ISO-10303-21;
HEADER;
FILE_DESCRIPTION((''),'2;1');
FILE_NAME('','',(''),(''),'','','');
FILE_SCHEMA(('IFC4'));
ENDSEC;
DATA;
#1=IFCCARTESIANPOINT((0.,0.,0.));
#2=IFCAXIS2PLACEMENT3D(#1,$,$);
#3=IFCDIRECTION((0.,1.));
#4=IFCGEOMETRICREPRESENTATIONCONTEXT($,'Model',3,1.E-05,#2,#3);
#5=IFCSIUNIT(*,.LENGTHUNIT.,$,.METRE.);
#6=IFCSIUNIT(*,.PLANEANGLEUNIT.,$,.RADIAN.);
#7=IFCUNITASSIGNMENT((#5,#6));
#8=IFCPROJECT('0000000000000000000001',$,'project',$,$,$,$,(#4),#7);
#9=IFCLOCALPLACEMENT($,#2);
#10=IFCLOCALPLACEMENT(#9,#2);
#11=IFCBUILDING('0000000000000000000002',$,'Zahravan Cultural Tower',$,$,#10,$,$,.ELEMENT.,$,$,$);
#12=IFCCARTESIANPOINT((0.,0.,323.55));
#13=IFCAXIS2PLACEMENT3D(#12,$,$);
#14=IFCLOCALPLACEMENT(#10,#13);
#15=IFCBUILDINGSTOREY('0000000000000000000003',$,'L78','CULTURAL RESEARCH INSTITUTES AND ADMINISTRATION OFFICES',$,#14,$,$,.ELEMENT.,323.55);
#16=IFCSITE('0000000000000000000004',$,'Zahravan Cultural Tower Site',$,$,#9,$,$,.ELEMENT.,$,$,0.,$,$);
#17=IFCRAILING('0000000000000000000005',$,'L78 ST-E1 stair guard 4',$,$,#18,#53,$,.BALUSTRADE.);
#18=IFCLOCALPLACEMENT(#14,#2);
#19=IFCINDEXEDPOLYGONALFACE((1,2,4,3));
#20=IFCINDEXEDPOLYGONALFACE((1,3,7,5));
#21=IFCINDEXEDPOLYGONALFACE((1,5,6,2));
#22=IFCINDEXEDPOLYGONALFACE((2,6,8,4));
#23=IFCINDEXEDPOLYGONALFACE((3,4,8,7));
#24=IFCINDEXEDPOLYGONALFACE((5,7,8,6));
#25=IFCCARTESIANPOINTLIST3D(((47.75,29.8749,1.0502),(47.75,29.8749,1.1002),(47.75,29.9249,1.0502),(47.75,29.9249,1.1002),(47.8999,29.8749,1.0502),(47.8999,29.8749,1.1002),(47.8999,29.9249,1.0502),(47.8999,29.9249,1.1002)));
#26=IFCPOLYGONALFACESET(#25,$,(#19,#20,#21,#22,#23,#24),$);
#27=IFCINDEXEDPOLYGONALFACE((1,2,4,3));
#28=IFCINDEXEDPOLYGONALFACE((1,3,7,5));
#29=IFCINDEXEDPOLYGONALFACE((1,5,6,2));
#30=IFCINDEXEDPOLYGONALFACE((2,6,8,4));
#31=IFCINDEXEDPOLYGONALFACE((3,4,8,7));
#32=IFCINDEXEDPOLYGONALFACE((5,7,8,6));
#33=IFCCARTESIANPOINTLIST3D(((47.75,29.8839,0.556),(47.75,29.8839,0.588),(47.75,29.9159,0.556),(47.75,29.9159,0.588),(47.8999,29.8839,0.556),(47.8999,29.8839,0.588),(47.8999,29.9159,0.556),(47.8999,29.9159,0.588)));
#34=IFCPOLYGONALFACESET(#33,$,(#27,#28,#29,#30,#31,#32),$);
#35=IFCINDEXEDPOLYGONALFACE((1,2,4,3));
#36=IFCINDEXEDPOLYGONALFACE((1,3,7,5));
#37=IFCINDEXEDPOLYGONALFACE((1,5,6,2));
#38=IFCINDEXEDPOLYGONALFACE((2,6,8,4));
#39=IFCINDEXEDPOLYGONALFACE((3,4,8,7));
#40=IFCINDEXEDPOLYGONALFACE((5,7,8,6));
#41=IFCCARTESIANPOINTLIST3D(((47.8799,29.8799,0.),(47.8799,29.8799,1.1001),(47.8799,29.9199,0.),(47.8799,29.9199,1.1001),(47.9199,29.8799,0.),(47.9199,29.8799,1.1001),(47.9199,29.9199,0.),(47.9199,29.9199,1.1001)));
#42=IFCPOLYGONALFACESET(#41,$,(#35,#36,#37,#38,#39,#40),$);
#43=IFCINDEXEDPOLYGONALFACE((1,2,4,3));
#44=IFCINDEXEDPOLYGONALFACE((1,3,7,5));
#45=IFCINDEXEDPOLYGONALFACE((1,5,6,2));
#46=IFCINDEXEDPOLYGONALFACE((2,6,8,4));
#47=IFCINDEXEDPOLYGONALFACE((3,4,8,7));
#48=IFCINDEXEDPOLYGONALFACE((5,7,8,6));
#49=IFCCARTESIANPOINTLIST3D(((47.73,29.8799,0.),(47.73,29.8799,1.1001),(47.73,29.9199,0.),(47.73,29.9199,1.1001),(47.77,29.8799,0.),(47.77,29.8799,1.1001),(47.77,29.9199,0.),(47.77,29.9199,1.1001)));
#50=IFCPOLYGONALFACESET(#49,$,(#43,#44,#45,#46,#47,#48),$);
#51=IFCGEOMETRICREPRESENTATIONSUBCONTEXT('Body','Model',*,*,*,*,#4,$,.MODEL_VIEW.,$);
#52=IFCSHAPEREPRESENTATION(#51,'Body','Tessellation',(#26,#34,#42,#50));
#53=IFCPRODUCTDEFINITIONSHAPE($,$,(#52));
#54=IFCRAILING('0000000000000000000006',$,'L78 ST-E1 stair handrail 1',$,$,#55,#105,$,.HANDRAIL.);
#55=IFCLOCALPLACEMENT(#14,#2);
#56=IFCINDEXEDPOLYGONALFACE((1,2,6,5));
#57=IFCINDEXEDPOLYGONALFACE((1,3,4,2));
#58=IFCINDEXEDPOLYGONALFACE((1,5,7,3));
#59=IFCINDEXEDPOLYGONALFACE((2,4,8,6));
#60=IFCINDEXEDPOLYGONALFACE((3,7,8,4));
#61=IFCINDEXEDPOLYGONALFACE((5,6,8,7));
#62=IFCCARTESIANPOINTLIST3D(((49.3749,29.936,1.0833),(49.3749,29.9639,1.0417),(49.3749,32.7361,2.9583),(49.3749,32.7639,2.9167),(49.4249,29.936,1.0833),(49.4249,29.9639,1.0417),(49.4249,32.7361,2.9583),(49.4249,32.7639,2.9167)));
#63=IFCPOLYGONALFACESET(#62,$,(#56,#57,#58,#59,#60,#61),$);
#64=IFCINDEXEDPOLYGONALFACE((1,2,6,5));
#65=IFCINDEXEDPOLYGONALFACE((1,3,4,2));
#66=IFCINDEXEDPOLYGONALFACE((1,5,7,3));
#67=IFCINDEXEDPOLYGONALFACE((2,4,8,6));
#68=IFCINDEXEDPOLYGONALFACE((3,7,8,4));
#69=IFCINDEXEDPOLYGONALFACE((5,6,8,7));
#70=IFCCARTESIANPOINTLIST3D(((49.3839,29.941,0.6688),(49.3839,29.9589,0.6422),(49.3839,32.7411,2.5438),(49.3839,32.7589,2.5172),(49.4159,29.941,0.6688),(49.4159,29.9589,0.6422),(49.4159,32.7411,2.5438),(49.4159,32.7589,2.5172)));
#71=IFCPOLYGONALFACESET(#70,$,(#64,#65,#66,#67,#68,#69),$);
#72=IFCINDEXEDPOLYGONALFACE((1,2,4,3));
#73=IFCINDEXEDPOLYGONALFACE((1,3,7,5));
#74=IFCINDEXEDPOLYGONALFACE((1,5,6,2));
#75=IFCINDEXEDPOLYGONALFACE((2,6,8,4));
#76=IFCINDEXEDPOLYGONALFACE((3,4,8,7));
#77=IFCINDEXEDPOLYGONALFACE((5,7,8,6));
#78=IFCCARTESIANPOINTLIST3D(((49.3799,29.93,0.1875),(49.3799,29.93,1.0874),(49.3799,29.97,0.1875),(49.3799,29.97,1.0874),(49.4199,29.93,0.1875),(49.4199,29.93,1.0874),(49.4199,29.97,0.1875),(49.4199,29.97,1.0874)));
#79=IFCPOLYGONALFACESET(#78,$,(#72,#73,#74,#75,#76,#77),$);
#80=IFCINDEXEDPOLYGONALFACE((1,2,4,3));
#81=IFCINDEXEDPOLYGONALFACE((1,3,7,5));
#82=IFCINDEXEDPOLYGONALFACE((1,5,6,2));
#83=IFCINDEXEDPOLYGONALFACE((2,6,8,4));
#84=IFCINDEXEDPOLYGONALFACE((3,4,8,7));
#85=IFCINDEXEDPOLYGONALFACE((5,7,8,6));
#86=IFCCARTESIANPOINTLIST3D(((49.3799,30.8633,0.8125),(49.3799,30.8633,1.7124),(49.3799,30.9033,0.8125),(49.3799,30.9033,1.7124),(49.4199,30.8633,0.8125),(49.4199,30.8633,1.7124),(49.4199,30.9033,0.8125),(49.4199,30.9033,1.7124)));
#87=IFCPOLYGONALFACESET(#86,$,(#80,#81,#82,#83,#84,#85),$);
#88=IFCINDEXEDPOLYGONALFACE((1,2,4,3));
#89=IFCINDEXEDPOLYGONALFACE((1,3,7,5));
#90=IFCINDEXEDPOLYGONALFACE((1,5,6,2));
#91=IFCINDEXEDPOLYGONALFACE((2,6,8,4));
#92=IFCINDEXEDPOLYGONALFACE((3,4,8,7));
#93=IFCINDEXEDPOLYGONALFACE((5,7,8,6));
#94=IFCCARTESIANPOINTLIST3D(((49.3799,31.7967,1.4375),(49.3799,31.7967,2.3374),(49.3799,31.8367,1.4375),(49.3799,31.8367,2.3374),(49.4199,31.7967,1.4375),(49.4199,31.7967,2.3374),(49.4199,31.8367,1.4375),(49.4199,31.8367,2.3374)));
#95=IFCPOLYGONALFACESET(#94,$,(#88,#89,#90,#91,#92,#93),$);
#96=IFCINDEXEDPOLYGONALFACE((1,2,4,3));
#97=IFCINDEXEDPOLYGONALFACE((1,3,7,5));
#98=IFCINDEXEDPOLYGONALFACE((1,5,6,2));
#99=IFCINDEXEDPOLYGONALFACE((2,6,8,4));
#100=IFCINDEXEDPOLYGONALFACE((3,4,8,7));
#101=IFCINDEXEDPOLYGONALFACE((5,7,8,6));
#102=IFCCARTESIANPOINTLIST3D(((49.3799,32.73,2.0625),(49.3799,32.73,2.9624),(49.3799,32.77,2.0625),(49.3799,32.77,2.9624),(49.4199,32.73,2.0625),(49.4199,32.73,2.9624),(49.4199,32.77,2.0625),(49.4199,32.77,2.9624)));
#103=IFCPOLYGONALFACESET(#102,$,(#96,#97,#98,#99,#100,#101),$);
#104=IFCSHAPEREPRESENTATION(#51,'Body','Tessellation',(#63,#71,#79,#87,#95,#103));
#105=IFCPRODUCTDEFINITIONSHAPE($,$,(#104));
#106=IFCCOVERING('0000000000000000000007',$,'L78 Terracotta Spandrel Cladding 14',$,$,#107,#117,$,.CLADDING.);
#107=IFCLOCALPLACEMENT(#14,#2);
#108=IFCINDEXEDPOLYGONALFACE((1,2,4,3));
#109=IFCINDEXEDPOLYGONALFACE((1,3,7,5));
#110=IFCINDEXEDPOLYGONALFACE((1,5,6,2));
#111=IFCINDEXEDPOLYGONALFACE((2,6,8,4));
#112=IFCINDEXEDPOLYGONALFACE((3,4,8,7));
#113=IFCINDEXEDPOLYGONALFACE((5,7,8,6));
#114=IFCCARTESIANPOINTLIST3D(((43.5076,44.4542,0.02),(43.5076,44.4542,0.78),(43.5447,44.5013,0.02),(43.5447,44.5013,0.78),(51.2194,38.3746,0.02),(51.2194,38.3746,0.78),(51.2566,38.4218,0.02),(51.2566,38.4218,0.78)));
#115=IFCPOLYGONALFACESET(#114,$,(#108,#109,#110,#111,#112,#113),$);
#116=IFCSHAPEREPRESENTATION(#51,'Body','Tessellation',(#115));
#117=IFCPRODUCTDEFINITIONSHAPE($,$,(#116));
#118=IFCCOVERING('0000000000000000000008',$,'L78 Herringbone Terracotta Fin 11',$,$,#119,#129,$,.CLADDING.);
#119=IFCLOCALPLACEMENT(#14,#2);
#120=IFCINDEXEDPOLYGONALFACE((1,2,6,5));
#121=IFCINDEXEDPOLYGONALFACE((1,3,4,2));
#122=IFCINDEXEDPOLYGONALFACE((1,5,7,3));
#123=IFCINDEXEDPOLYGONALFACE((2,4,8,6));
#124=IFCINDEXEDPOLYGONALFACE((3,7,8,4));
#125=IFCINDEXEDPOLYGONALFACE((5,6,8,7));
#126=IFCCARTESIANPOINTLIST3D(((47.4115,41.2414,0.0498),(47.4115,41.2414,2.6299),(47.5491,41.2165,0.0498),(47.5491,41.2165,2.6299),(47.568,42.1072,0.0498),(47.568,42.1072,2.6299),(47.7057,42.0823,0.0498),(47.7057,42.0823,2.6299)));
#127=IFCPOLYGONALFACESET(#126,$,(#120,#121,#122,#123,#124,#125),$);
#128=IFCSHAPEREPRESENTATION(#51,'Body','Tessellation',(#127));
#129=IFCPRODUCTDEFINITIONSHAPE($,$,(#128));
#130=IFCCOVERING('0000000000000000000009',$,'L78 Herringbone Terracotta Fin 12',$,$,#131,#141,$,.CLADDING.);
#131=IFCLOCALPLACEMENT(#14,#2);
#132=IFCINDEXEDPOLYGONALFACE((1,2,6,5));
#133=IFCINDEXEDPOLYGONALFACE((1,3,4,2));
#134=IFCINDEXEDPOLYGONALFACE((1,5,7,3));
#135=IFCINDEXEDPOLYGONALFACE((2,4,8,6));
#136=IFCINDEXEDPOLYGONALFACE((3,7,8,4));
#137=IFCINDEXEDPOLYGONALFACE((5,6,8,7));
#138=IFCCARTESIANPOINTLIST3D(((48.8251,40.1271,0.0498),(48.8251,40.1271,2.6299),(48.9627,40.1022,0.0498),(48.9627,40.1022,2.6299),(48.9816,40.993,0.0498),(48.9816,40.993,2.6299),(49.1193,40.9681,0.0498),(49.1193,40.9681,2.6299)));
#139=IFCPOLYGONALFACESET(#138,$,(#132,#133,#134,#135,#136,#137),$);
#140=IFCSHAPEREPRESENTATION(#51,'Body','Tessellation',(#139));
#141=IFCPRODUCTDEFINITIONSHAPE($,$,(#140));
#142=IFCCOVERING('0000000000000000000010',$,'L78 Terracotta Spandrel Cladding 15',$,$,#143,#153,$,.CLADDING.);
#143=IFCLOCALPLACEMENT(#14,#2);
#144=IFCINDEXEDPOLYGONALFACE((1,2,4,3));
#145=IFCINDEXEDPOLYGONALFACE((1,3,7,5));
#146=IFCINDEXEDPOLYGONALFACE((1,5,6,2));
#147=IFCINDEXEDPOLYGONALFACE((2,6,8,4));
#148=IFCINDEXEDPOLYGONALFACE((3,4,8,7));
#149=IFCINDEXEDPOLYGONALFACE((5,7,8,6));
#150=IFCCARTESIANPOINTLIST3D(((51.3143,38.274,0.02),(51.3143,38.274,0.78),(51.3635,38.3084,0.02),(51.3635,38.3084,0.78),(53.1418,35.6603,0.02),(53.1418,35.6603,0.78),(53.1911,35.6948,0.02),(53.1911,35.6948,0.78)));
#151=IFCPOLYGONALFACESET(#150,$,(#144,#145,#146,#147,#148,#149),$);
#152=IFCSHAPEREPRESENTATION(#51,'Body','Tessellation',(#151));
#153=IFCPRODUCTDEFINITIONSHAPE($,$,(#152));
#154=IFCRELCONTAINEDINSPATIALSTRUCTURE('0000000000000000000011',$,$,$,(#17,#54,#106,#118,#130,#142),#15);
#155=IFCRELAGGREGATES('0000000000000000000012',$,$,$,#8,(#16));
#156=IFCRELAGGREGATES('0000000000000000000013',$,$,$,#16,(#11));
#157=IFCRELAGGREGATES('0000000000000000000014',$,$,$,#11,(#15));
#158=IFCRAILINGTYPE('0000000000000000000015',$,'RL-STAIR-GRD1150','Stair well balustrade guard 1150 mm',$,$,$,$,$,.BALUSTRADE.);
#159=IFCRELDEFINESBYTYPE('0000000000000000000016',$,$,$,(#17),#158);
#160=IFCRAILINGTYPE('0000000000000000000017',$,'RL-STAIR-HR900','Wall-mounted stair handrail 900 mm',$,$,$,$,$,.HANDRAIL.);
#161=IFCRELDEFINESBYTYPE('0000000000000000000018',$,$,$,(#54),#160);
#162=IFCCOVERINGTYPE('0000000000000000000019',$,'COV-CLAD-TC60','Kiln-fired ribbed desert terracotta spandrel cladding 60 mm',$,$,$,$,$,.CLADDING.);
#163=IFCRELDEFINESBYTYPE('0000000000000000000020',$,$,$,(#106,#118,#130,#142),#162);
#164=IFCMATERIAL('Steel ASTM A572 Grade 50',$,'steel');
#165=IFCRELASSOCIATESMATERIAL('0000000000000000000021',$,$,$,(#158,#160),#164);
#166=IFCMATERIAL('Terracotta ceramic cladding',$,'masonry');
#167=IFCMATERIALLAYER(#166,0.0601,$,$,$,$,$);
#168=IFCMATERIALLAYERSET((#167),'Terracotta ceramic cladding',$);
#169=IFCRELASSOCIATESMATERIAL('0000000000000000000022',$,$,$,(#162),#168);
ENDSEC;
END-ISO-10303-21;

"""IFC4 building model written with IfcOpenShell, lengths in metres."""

from ifc_helpers import new_model, si_unit, direction, frame, origin, origin_2d, place, context, subcontext, project, spatial, rectangle, extrude, source, transform, mapped, material, layer, layer_set, type_object, element, save


model = new_model("IFC4")

# Units and contexts
model_context = context("Model", 3, precision=1e-05, world=origin(), true_north=direction((0.0, 1.0)))
body_context = subcontext(model_context, "Body", "Model", "MODEL_VIEW")
ifc_project = project(units=[si_unit("LENGTHUNIT", "METRE"), si_unit("PLANEANGLEUNIT", "RADIAN")], contexts=[model_context])

# Site, building, storey
site_placement = place(None, origin())
site = spatial("IfcSite", under=ifc_project, at=site_placement, Name="Zahravan Cultural Tower Site", CompositionType="ELEMENT", RefElevation=0.0)
building_placement = place(site_placement, origin())
building = spatial("IfcBuilding", under=site, at=building_placement, Name="Zahravan Cultural Tower", CompositionType="ELEMENT")
storey_placement = place(building_placement, frame((0.0, 0.0, 323.55)))
storey = spatial("IfcBuildingStorey", under=building, at=storey_placement, Name="L78", Description="CULTURAL RESEARCH INSTITUTES AND ADMINISTRATION OFFICES", CompositionType="ELEMENT", Elevation=323.55)

# Railings
ifc_material_1 = material(Name="Steel ASTM A572 Grade 50", Category="steel")
railing_type_1 = type_object("IfcRailingType", Name="RL-STAIR-GRD1150", Description="Stair well balustrade guard 1150 mm", PredefinedType="BALUSTRADE", material=ifc_material_1)
railing_1_placement = place(storey_placement, frame((47.8999, 29.8999, 0.0)))
element("IfcRailing", 1, at=railing_1_placement, inside=storey, type_object=railing_type_1, Name="L78 ST-E1 stair guard 4", PredefinedType="BALUSTRADE", context=body_context, shape_type="SweptSolid", body=[
    extrude(rectangle(XDim=0.05, YDim=0.05, at=origin_2d()), frame((0.0, 0.0, 1.0752), z_axis=(-1.0, 0.0, 0.0), x_axis=(0.0, -1.0, 0.0)), (0.0, 0.0, 1.0), 0.1499),
    extrude(rectangle(XDim=0.032, YDim=0.032, at=origin_2d()), frame((0.0, 0.0, 0.572), z_axis=(-1.0, 0.0, 0.0), x_axis=(0.0, -1.0, 0.0)), (0.0, 0.0, 1.0), 0.1499),
    extrude(rectangle(XDim=0.04, YDim=0.04, at=origin_2d()), origin(), (0.0, 0.0, 1.0), 1.1001),
    extrude(rectangle(XDim=0.04, YDim=0.04, at=origin_2d()), frame((-0.1499, 0.0, 0.0)), (0.0, 0.0, 1.0), 1.1001),
])
railing_type_2 = type_object("IfcRailingType", Name="RL-STAIR-HR900", Description="Wall-mounted stair handrail 900 mm", PredefinedType="HANDRAIL", material=ifc_material_1)
railing_2_placement = place(storey_placement, frame((49.3999, 29.95, 0.1875)))
element("IfcRailing", 2, at=railing_2_placement, inside=storey, type_object=railing_type_2, Name="L78 ST-E1 stair handrail 1", PredefinedType="HANDRAIL", context=body_context, shape_type="SweptSolid", body=[
    extrude(rectangle(XDim=0.05, YDim=0.05, at=origin_2d()), frame((0.0, 0.0, 0.875), z_axis=(0.0, 0.830912, 0.556404), x_axis=(-1.0, 0.0, 0.0)), (0.0, 0.0, 1.0), 3.3699),
    extrude(rectangle(XDim=0.032, YDim=0.032, at=origin_2d()), frame((0.0, 0.0, 0.468), z_axis=(0.0, 0.830912, 0.556404), x_axis=(-1.0, 0.0, 0.0)), (0.0, 0.0, 1.0), 3.3699),
    extrude(rectangle(XDim=0.04, YDim=0.04, at=origin_2d()), origin(), (0.0, 0.0, 1.0), 0.8999),
    extrude(rectangle(XDim=0.04, YDim=0.04, at=origin_2d()), frame((0.0, 0.9333, 0.625)), (0.0, 0.0, 1.0), 0.8999),
    extrude(rectangle(XDim=0.04, YDim=0.04, at=origin_2d()), frame((0.0, 1.8667, 1.25)), (0.0, 0.0, 1.0), 0.8999),
    extrude(rectangle(XDim=0.04, YDim=0.04, at=origin_2d()), frame((0.0, 2.8, 1.875)), (0.0, 0.0, 1.0), 0.8999),
])

# Coverings
ifc_material_2 = material(Name="Terracotta ceramic cladding", Category="masonry")
ifc_layer_1 = layer(ifc_material_2, 0.0601)
ifc_layer_set_1 = layer_set([ifc_layer_1], Name="Terracotta ceramic cladding")
covering_type = type_object("IfcCoveringType", Name="COV-CLAD-TC60", Description="Kiln-fired ribbed desert terracotta spandrel cladding 60 mm", PredefinedType="CLADDING", material=ifc_layer_set_1)
shared_shape_1 = source(origin(), body_context, "Body", "SweptSolid", [
    extrude(rectangle(XDim=9.8201, YDim=0.0601, at=origin_2d()), origin(), (0.0, 0.0, 1.0), 0.76),
])
covering_1_placement = place(storey_placement, frame((47.3821, 41.438, 0.02), z_axis=(0.0, 0.0, 1.0), x_axis=(0.785317, -0.619094, 0.0)))
element("IfcCovering", 3, at=covering_1_placement, inside=storey, type_object=covering_type, Name="L78 Terracotta Spandrel Cladding 14", PredefinedType="CLADDING", context=body_context, shape_type="MappedRepresentation", body=[
    mapped(shared_shape_1, transform((0.0, 0.0, 0.0), x_axis=(1.0, 0.0, 0.0), y_axis=(0.0, 1.0, 0.0), z_axis=(0.0, 0.0, 1.0), scale=1.0)),
])
shared_shape_2 = source(origin(), body_context, "Body", "SweptSolid", [
    extrude(rectangle(XDim=0.8799, YDim=0.1399, at=origin_2d()), origin(), (0.0, 0.0, 1.0), 2.5801),
])
for number, where, z_axis, x_axis, name in (
    (4, (47.5586, 41.6619, 0.0498), (0.0, 0.0, 1.0), (0.177944, 0.984041, 0.0), "L78 Herringbone Terracotta Fin 11"),
    (5, (48.9722, 40.5476, 0.0498), (0.0, 0.0, 1.0), (0.177944, 0.984041, 0.0), "L78 Herringbone Terracotta Fin 12"),
):
    element("IfcCovering", number, at=place(storey_placement, frame(where, z_axis=z_axis, x_axis=x_axis)), inside=storey, type_object=covering_type, Name=name, PredefinedType="CLADDING", context=body_context, shape_type="MappedRepresentation", body=[
        mapped(shared_shape_2, transform((0.0, 0.0, 0.0), x_axis=(1.0, 0.0, 0.0), y_axis=(0.0, 1.0, 0.0), z_axis=(0.0, 0.0, 1.0), scale=1.0)),
    ])
shared_shape_3 = source(origin(), body_context, "Body", "SweptSolid", [
    extrude(rectangle(XDim=3.1892, YDim=0.0601, at=origin_2d()), origin(), (0.0, 0.0, 1.0), 0.76),
])
covering_2_placement = place(storey_placement, frame((52.2527, 36.9844, 0.02), z_axis=(0.0, 0.0, 1.0), x_axis=(0.573033, -0.819532, 0.0)))
element("IfcCovering", 6, at=covering_2_placement, inside=storey, type_object=covering_type, Name="L78 Terracotta Spandrel Cladding 15", PredefinedType="CLADDING", context=body_context, shape_type="MappedRepresentation", body=[
    mapped(shared_shape_3, transform((0.0, 0.0, 0.0), x_axis=(1.0, 0.0, 0.0), y_axis=(0.0, 1.0, 0.0), z_axis=(0.0, 0.0, 1.0), scale=1.0)),
])

save(model, "model.ifc")
